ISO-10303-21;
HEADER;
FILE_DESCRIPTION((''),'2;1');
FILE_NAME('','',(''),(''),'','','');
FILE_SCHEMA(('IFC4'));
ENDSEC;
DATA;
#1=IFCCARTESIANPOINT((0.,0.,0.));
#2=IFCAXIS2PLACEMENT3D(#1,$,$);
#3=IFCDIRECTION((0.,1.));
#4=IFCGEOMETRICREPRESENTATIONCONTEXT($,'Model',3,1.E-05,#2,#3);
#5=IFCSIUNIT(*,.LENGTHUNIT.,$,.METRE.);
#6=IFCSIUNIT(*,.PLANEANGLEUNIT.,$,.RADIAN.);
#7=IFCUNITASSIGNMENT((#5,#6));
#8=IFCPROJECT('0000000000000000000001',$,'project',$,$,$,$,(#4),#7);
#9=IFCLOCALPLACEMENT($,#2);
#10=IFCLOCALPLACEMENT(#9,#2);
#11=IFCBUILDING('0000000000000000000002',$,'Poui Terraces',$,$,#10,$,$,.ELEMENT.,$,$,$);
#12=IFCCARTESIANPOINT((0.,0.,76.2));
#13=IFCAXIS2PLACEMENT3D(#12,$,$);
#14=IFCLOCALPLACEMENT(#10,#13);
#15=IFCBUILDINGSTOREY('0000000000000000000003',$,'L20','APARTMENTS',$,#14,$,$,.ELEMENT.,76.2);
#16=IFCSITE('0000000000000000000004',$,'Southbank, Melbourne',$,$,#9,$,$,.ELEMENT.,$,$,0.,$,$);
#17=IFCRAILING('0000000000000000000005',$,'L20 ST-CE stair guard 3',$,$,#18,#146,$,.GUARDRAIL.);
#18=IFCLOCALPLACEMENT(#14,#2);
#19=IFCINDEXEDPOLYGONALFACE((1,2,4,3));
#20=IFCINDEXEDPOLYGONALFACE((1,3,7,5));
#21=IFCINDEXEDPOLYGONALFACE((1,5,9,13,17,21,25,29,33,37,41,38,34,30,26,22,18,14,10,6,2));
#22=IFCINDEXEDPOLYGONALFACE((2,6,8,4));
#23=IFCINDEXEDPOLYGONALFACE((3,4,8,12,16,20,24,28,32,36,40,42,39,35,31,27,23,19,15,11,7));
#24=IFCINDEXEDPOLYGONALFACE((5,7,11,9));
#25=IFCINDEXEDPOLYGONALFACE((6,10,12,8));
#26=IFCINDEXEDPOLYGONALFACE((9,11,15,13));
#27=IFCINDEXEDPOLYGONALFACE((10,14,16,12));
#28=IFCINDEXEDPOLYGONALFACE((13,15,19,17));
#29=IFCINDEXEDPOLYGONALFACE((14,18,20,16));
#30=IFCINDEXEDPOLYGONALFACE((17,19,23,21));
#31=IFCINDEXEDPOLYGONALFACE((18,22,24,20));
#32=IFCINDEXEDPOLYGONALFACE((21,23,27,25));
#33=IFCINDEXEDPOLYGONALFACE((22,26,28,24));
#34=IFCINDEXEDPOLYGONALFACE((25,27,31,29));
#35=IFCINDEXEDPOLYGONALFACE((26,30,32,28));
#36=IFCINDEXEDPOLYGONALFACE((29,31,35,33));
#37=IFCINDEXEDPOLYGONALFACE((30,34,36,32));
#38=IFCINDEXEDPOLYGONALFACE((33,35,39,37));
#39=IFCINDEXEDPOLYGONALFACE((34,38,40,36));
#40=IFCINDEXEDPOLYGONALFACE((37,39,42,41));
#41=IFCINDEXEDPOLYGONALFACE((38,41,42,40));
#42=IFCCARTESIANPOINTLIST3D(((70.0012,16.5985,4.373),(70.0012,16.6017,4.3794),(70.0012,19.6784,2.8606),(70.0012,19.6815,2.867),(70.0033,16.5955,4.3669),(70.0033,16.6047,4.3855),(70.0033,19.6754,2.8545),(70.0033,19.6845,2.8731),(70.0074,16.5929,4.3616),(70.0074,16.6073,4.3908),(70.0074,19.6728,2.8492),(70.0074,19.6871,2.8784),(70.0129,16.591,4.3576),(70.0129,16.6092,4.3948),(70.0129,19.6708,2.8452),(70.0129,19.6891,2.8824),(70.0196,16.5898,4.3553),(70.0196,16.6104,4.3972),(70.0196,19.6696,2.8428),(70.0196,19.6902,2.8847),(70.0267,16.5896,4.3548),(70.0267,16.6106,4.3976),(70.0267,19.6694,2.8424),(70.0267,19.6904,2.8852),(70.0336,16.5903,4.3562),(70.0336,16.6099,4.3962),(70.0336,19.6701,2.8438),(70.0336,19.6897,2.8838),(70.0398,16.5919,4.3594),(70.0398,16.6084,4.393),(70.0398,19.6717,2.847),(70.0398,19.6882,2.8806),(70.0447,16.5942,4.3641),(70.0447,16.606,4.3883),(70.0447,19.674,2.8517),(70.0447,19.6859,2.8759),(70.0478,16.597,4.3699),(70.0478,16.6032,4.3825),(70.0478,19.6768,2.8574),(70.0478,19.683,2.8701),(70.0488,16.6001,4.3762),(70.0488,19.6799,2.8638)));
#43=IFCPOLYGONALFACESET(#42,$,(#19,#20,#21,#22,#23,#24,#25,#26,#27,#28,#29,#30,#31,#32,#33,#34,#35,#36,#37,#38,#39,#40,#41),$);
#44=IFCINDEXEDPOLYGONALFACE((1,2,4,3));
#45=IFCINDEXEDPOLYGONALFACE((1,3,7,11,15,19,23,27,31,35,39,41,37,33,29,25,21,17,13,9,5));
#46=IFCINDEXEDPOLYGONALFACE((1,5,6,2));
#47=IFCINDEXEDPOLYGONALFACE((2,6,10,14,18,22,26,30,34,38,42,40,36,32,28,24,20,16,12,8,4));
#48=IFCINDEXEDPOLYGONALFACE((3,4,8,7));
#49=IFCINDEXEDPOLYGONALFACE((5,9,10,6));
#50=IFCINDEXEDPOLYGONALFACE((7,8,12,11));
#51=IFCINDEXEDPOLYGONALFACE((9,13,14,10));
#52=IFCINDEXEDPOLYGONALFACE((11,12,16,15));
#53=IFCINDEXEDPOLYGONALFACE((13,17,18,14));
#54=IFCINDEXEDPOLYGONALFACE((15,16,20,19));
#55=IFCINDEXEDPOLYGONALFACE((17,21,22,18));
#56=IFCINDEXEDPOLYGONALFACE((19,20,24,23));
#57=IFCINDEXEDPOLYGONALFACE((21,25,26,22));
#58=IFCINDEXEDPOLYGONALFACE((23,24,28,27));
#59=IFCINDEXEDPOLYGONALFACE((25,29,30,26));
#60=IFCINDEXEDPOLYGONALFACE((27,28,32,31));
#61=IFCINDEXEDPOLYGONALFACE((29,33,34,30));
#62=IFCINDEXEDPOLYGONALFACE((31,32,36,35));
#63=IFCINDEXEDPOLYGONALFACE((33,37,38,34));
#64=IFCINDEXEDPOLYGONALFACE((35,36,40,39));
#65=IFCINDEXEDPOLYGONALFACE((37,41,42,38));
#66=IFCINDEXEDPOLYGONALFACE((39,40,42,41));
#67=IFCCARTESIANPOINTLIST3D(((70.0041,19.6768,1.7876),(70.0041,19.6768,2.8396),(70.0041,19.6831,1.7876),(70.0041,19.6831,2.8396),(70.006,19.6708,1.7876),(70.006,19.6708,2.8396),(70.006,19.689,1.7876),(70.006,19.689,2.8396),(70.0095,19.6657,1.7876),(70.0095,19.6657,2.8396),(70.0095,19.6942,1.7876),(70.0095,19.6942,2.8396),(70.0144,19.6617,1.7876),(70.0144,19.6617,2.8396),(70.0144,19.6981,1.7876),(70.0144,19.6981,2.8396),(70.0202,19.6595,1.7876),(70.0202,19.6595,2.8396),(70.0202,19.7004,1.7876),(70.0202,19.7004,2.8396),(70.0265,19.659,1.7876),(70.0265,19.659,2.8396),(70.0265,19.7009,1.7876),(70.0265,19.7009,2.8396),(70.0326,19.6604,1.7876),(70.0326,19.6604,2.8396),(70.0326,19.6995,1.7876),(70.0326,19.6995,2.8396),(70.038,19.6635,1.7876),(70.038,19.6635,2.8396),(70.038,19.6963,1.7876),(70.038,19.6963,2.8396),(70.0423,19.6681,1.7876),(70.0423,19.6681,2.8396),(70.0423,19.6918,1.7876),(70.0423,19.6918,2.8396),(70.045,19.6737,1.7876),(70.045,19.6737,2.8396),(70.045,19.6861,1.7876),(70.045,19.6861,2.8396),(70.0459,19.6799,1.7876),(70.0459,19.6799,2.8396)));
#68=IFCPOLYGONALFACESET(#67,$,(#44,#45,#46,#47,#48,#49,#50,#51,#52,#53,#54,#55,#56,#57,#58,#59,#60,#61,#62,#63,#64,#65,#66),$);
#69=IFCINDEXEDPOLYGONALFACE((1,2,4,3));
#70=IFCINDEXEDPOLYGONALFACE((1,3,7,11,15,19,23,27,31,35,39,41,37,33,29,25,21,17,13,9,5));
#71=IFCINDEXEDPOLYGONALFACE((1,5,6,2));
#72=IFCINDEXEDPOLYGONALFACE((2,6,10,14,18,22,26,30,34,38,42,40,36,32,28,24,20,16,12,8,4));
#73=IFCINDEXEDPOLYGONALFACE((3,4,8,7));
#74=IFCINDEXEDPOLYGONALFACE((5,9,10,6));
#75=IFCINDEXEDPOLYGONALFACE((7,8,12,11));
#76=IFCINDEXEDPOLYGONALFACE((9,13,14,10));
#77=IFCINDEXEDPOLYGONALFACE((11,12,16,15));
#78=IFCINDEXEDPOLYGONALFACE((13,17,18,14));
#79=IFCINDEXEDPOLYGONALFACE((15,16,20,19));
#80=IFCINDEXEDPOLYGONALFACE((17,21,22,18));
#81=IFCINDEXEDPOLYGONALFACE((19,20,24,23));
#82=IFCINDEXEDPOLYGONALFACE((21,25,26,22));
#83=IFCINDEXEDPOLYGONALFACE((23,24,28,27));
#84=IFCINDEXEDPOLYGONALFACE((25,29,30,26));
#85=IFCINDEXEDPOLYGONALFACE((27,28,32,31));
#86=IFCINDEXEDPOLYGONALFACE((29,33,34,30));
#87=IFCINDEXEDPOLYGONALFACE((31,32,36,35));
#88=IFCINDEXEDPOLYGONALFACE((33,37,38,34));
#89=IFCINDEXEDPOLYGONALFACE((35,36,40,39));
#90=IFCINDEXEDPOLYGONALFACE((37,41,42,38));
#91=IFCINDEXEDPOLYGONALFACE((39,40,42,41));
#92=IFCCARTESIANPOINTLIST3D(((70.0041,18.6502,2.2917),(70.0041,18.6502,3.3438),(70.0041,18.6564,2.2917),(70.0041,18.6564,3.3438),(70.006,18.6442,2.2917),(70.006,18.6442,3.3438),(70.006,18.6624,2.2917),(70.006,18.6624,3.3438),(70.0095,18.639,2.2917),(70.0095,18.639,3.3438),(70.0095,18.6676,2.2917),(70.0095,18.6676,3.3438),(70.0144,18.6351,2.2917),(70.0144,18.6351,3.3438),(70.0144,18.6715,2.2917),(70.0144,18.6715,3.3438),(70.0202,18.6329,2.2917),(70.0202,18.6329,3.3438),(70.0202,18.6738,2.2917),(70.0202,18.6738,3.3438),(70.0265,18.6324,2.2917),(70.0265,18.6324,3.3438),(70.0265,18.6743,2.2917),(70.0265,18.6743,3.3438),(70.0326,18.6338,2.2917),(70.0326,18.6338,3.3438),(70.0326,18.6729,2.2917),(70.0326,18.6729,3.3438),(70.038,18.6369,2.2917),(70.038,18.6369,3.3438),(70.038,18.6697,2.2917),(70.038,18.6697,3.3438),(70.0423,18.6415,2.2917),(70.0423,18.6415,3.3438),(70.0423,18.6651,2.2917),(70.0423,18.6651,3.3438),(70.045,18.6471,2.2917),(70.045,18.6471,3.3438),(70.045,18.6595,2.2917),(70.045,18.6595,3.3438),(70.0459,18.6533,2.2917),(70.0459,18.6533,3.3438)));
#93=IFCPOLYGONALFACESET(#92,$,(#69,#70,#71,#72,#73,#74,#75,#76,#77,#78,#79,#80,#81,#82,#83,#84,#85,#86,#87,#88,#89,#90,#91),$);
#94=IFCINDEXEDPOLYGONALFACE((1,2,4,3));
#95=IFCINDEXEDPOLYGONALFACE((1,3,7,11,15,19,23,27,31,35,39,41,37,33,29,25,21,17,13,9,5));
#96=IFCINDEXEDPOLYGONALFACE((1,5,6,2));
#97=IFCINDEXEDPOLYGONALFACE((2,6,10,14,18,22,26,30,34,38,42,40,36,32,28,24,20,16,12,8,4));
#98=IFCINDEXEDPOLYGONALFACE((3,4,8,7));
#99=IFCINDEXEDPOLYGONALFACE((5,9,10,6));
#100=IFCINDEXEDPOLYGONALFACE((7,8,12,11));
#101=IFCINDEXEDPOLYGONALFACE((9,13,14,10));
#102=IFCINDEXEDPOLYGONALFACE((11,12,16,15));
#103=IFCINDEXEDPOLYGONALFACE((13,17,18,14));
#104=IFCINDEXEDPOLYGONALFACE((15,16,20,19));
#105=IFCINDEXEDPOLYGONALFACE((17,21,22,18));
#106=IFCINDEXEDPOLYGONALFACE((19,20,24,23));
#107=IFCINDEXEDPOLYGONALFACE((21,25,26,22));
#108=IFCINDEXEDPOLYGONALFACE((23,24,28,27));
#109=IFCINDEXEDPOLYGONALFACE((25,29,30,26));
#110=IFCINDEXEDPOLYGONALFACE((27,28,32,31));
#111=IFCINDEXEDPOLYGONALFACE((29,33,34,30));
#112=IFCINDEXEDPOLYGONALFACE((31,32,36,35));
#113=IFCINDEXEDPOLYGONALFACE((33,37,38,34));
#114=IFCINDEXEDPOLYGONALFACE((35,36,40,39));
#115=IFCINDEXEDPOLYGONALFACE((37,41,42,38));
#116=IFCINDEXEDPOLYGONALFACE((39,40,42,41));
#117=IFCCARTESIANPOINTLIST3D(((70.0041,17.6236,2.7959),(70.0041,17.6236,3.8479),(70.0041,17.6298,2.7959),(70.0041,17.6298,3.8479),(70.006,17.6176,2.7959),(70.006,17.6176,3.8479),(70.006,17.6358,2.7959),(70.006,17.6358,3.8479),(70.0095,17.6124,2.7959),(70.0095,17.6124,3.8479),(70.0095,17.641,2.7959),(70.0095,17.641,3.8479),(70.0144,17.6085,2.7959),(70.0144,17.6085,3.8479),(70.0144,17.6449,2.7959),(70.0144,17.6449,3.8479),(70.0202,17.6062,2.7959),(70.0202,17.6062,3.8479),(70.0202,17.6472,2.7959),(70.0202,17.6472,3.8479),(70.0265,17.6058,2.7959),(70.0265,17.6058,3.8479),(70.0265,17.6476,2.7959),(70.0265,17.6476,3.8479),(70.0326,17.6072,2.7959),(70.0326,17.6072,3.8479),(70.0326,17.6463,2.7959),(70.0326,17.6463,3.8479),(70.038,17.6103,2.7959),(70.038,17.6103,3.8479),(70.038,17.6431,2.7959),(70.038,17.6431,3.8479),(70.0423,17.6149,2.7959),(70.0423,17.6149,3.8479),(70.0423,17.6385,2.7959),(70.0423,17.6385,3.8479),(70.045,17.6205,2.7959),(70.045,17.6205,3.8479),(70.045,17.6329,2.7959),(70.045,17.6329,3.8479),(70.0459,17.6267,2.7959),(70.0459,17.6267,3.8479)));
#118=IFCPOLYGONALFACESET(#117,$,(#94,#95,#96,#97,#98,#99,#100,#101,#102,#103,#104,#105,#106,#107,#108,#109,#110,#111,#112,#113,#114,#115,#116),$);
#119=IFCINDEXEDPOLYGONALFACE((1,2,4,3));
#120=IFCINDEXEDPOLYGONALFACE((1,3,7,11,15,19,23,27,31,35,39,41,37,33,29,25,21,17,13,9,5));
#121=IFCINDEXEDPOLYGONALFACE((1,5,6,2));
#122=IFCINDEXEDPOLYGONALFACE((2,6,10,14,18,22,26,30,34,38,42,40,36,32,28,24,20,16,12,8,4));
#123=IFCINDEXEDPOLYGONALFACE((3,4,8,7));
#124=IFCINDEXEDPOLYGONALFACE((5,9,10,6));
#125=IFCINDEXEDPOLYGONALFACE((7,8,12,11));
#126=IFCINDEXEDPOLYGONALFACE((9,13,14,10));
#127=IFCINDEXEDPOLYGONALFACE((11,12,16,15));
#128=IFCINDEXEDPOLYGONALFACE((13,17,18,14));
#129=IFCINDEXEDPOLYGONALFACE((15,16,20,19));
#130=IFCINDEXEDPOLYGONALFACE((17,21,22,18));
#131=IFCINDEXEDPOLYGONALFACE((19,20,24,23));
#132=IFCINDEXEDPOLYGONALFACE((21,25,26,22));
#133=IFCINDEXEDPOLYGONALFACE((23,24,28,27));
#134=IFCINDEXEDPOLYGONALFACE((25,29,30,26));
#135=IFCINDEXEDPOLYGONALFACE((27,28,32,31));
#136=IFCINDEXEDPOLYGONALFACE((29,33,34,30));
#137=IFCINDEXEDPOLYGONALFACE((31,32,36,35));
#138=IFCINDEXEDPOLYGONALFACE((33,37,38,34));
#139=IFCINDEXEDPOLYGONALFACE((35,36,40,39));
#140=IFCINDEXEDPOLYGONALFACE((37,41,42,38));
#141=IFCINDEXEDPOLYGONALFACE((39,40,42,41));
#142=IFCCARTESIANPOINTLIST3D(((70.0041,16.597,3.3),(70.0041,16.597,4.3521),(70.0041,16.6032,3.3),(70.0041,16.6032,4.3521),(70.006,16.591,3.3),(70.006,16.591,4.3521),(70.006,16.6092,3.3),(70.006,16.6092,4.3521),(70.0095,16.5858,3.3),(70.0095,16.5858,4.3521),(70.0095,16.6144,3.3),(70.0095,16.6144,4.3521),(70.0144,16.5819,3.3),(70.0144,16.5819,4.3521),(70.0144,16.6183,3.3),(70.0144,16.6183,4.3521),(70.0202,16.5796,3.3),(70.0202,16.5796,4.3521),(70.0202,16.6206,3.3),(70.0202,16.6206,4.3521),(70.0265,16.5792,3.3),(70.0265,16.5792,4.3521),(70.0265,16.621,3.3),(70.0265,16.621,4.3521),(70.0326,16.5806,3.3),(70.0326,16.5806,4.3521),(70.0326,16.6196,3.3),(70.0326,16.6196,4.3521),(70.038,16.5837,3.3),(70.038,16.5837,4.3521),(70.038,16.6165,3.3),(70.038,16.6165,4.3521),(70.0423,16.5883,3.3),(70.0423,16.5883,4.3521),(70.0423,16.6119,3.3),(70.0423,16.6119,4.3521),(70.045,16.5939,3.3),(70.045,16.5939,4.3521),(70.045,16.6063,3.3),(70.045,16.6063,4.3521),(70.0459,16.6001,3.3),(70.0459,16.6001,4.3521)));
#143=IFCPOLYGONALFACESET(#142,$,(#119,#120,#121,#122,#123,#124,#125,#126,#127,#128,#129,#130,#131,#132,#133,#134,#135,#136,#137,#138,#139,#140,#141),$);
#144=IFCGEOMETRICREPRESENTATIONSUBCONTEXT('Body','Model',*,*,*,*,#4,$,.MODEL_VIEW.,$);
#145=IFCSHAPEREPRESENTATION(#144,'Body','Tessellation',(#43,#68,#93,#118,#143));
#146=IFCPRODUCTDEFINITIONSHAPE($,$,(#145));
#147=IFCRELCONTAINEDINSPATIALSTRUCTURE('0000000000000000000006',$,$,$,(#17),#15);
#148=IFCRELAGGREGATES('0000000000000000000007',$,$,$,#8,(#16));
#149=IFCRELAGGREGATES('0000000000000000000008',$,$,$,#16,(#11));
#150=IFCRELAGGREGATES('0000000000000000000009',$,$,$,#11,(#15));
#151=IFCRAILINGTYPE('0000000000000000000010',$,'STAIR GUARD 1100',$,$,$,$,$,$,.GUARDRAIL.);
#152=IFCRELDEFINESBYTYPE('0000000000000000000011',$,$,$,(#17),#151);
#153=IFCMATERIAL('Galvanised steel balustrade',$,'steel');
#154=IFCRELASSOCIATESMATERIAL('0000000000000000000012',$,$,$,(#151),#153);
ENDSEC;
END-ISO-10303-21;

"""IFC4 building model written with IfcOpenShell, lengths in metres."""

from ifc_helpers import new_model, si_unit, direction, frame, origin, origin_2d, place, context, subcontext, project, spatial, circle, extrude, material, type_object, element, save


model = new_model("IFC4")

# Units and contexts
model_context = context("Model", 3, precision=1e-05, world=origin(), true_north=direction((0.0, 1.0)))
body_context = subcontext(model_context, "Body", "Model", "MODEL_VIEW")
ifc_project = project(units=[si_unit("LENGTHUNIT", "METRE"), si_unit("PLANEANGLEUNIT", "RADIAN")], contexts=[model_context])

# Site, building, storey
site_placement = place(None, origin())
site = spatial("IfcSite", under=ifc_project, at=site_placement, Name="Southbank, Melbourne", CompositionType="ELEMENT", RefElevation=0.0)
building_placement = place(site_placement, origin())
building = spatial("IfcBuilding", under=site, at=building_placement, Name="Poui Terraces", CompositionType="ELEMENT")
storey_placement = place(building_placement, frame((0.0, 0.0, 76.2)))
storey = spatial("IfcBuildingStorey", under=building, at=storey_placement, Name="L20", Description="APARTMENTS", CompositionType="ELEMENT", Elevation=76.2)

# Railing
ifc_material_1 = material(Name="Galvanised steel balustrade", Category="steel")
railing_type_1 = type_object("IfcRailingType", Name="STAIR GUARD 1100", PredefinedType="GUARDRAIL", material=ifc_material_1)
railing_1_placement = place(storey_placement, frame((70.0249, 19.6799, 1.7876)))
element("IfcRailing", 1, at=railing_1_placement, inside=storey, type_object=railing_type_1, Name="L20 ST-CE stair guard 3", PredefinedType="GUARDRAIL", context=body_context, shape_type="SweptSolid", body=[
    extrude(circle(Radius=0.0239, at=origin_2d()), frame((0.0, 0.0, 1.0762), z_axis=(0.0, -0.897606, 0.440798), x_axis=(1.0, 0.0, 0.0)), (0.0, 0.0, 1.0), 3.4312),
    extrude(circle(Radius=0.021, at=origin_2d()), origin(), (0.0, 0.0, 1.0), 1.052),
    extrude(circle(Radius=0.021, at=origin_2d()), frame((0.0, -1.0266, 0.5042)), (0.0, 0.0, 1.0), 1.052),
    extrude(circle(Radius=0.021, at=origin_2d()), frame((0.0, -2.0532, 1.0083)), (0.0, 0.0, 1.0), 1.052),
    extrude(circle(Radius=0.021, at=origin_2d()), frame((0.0, -3.0798, 1.5125)), (0.0, 0.0, 1.0), 1.052),
])

save(model, "model.ifc")
